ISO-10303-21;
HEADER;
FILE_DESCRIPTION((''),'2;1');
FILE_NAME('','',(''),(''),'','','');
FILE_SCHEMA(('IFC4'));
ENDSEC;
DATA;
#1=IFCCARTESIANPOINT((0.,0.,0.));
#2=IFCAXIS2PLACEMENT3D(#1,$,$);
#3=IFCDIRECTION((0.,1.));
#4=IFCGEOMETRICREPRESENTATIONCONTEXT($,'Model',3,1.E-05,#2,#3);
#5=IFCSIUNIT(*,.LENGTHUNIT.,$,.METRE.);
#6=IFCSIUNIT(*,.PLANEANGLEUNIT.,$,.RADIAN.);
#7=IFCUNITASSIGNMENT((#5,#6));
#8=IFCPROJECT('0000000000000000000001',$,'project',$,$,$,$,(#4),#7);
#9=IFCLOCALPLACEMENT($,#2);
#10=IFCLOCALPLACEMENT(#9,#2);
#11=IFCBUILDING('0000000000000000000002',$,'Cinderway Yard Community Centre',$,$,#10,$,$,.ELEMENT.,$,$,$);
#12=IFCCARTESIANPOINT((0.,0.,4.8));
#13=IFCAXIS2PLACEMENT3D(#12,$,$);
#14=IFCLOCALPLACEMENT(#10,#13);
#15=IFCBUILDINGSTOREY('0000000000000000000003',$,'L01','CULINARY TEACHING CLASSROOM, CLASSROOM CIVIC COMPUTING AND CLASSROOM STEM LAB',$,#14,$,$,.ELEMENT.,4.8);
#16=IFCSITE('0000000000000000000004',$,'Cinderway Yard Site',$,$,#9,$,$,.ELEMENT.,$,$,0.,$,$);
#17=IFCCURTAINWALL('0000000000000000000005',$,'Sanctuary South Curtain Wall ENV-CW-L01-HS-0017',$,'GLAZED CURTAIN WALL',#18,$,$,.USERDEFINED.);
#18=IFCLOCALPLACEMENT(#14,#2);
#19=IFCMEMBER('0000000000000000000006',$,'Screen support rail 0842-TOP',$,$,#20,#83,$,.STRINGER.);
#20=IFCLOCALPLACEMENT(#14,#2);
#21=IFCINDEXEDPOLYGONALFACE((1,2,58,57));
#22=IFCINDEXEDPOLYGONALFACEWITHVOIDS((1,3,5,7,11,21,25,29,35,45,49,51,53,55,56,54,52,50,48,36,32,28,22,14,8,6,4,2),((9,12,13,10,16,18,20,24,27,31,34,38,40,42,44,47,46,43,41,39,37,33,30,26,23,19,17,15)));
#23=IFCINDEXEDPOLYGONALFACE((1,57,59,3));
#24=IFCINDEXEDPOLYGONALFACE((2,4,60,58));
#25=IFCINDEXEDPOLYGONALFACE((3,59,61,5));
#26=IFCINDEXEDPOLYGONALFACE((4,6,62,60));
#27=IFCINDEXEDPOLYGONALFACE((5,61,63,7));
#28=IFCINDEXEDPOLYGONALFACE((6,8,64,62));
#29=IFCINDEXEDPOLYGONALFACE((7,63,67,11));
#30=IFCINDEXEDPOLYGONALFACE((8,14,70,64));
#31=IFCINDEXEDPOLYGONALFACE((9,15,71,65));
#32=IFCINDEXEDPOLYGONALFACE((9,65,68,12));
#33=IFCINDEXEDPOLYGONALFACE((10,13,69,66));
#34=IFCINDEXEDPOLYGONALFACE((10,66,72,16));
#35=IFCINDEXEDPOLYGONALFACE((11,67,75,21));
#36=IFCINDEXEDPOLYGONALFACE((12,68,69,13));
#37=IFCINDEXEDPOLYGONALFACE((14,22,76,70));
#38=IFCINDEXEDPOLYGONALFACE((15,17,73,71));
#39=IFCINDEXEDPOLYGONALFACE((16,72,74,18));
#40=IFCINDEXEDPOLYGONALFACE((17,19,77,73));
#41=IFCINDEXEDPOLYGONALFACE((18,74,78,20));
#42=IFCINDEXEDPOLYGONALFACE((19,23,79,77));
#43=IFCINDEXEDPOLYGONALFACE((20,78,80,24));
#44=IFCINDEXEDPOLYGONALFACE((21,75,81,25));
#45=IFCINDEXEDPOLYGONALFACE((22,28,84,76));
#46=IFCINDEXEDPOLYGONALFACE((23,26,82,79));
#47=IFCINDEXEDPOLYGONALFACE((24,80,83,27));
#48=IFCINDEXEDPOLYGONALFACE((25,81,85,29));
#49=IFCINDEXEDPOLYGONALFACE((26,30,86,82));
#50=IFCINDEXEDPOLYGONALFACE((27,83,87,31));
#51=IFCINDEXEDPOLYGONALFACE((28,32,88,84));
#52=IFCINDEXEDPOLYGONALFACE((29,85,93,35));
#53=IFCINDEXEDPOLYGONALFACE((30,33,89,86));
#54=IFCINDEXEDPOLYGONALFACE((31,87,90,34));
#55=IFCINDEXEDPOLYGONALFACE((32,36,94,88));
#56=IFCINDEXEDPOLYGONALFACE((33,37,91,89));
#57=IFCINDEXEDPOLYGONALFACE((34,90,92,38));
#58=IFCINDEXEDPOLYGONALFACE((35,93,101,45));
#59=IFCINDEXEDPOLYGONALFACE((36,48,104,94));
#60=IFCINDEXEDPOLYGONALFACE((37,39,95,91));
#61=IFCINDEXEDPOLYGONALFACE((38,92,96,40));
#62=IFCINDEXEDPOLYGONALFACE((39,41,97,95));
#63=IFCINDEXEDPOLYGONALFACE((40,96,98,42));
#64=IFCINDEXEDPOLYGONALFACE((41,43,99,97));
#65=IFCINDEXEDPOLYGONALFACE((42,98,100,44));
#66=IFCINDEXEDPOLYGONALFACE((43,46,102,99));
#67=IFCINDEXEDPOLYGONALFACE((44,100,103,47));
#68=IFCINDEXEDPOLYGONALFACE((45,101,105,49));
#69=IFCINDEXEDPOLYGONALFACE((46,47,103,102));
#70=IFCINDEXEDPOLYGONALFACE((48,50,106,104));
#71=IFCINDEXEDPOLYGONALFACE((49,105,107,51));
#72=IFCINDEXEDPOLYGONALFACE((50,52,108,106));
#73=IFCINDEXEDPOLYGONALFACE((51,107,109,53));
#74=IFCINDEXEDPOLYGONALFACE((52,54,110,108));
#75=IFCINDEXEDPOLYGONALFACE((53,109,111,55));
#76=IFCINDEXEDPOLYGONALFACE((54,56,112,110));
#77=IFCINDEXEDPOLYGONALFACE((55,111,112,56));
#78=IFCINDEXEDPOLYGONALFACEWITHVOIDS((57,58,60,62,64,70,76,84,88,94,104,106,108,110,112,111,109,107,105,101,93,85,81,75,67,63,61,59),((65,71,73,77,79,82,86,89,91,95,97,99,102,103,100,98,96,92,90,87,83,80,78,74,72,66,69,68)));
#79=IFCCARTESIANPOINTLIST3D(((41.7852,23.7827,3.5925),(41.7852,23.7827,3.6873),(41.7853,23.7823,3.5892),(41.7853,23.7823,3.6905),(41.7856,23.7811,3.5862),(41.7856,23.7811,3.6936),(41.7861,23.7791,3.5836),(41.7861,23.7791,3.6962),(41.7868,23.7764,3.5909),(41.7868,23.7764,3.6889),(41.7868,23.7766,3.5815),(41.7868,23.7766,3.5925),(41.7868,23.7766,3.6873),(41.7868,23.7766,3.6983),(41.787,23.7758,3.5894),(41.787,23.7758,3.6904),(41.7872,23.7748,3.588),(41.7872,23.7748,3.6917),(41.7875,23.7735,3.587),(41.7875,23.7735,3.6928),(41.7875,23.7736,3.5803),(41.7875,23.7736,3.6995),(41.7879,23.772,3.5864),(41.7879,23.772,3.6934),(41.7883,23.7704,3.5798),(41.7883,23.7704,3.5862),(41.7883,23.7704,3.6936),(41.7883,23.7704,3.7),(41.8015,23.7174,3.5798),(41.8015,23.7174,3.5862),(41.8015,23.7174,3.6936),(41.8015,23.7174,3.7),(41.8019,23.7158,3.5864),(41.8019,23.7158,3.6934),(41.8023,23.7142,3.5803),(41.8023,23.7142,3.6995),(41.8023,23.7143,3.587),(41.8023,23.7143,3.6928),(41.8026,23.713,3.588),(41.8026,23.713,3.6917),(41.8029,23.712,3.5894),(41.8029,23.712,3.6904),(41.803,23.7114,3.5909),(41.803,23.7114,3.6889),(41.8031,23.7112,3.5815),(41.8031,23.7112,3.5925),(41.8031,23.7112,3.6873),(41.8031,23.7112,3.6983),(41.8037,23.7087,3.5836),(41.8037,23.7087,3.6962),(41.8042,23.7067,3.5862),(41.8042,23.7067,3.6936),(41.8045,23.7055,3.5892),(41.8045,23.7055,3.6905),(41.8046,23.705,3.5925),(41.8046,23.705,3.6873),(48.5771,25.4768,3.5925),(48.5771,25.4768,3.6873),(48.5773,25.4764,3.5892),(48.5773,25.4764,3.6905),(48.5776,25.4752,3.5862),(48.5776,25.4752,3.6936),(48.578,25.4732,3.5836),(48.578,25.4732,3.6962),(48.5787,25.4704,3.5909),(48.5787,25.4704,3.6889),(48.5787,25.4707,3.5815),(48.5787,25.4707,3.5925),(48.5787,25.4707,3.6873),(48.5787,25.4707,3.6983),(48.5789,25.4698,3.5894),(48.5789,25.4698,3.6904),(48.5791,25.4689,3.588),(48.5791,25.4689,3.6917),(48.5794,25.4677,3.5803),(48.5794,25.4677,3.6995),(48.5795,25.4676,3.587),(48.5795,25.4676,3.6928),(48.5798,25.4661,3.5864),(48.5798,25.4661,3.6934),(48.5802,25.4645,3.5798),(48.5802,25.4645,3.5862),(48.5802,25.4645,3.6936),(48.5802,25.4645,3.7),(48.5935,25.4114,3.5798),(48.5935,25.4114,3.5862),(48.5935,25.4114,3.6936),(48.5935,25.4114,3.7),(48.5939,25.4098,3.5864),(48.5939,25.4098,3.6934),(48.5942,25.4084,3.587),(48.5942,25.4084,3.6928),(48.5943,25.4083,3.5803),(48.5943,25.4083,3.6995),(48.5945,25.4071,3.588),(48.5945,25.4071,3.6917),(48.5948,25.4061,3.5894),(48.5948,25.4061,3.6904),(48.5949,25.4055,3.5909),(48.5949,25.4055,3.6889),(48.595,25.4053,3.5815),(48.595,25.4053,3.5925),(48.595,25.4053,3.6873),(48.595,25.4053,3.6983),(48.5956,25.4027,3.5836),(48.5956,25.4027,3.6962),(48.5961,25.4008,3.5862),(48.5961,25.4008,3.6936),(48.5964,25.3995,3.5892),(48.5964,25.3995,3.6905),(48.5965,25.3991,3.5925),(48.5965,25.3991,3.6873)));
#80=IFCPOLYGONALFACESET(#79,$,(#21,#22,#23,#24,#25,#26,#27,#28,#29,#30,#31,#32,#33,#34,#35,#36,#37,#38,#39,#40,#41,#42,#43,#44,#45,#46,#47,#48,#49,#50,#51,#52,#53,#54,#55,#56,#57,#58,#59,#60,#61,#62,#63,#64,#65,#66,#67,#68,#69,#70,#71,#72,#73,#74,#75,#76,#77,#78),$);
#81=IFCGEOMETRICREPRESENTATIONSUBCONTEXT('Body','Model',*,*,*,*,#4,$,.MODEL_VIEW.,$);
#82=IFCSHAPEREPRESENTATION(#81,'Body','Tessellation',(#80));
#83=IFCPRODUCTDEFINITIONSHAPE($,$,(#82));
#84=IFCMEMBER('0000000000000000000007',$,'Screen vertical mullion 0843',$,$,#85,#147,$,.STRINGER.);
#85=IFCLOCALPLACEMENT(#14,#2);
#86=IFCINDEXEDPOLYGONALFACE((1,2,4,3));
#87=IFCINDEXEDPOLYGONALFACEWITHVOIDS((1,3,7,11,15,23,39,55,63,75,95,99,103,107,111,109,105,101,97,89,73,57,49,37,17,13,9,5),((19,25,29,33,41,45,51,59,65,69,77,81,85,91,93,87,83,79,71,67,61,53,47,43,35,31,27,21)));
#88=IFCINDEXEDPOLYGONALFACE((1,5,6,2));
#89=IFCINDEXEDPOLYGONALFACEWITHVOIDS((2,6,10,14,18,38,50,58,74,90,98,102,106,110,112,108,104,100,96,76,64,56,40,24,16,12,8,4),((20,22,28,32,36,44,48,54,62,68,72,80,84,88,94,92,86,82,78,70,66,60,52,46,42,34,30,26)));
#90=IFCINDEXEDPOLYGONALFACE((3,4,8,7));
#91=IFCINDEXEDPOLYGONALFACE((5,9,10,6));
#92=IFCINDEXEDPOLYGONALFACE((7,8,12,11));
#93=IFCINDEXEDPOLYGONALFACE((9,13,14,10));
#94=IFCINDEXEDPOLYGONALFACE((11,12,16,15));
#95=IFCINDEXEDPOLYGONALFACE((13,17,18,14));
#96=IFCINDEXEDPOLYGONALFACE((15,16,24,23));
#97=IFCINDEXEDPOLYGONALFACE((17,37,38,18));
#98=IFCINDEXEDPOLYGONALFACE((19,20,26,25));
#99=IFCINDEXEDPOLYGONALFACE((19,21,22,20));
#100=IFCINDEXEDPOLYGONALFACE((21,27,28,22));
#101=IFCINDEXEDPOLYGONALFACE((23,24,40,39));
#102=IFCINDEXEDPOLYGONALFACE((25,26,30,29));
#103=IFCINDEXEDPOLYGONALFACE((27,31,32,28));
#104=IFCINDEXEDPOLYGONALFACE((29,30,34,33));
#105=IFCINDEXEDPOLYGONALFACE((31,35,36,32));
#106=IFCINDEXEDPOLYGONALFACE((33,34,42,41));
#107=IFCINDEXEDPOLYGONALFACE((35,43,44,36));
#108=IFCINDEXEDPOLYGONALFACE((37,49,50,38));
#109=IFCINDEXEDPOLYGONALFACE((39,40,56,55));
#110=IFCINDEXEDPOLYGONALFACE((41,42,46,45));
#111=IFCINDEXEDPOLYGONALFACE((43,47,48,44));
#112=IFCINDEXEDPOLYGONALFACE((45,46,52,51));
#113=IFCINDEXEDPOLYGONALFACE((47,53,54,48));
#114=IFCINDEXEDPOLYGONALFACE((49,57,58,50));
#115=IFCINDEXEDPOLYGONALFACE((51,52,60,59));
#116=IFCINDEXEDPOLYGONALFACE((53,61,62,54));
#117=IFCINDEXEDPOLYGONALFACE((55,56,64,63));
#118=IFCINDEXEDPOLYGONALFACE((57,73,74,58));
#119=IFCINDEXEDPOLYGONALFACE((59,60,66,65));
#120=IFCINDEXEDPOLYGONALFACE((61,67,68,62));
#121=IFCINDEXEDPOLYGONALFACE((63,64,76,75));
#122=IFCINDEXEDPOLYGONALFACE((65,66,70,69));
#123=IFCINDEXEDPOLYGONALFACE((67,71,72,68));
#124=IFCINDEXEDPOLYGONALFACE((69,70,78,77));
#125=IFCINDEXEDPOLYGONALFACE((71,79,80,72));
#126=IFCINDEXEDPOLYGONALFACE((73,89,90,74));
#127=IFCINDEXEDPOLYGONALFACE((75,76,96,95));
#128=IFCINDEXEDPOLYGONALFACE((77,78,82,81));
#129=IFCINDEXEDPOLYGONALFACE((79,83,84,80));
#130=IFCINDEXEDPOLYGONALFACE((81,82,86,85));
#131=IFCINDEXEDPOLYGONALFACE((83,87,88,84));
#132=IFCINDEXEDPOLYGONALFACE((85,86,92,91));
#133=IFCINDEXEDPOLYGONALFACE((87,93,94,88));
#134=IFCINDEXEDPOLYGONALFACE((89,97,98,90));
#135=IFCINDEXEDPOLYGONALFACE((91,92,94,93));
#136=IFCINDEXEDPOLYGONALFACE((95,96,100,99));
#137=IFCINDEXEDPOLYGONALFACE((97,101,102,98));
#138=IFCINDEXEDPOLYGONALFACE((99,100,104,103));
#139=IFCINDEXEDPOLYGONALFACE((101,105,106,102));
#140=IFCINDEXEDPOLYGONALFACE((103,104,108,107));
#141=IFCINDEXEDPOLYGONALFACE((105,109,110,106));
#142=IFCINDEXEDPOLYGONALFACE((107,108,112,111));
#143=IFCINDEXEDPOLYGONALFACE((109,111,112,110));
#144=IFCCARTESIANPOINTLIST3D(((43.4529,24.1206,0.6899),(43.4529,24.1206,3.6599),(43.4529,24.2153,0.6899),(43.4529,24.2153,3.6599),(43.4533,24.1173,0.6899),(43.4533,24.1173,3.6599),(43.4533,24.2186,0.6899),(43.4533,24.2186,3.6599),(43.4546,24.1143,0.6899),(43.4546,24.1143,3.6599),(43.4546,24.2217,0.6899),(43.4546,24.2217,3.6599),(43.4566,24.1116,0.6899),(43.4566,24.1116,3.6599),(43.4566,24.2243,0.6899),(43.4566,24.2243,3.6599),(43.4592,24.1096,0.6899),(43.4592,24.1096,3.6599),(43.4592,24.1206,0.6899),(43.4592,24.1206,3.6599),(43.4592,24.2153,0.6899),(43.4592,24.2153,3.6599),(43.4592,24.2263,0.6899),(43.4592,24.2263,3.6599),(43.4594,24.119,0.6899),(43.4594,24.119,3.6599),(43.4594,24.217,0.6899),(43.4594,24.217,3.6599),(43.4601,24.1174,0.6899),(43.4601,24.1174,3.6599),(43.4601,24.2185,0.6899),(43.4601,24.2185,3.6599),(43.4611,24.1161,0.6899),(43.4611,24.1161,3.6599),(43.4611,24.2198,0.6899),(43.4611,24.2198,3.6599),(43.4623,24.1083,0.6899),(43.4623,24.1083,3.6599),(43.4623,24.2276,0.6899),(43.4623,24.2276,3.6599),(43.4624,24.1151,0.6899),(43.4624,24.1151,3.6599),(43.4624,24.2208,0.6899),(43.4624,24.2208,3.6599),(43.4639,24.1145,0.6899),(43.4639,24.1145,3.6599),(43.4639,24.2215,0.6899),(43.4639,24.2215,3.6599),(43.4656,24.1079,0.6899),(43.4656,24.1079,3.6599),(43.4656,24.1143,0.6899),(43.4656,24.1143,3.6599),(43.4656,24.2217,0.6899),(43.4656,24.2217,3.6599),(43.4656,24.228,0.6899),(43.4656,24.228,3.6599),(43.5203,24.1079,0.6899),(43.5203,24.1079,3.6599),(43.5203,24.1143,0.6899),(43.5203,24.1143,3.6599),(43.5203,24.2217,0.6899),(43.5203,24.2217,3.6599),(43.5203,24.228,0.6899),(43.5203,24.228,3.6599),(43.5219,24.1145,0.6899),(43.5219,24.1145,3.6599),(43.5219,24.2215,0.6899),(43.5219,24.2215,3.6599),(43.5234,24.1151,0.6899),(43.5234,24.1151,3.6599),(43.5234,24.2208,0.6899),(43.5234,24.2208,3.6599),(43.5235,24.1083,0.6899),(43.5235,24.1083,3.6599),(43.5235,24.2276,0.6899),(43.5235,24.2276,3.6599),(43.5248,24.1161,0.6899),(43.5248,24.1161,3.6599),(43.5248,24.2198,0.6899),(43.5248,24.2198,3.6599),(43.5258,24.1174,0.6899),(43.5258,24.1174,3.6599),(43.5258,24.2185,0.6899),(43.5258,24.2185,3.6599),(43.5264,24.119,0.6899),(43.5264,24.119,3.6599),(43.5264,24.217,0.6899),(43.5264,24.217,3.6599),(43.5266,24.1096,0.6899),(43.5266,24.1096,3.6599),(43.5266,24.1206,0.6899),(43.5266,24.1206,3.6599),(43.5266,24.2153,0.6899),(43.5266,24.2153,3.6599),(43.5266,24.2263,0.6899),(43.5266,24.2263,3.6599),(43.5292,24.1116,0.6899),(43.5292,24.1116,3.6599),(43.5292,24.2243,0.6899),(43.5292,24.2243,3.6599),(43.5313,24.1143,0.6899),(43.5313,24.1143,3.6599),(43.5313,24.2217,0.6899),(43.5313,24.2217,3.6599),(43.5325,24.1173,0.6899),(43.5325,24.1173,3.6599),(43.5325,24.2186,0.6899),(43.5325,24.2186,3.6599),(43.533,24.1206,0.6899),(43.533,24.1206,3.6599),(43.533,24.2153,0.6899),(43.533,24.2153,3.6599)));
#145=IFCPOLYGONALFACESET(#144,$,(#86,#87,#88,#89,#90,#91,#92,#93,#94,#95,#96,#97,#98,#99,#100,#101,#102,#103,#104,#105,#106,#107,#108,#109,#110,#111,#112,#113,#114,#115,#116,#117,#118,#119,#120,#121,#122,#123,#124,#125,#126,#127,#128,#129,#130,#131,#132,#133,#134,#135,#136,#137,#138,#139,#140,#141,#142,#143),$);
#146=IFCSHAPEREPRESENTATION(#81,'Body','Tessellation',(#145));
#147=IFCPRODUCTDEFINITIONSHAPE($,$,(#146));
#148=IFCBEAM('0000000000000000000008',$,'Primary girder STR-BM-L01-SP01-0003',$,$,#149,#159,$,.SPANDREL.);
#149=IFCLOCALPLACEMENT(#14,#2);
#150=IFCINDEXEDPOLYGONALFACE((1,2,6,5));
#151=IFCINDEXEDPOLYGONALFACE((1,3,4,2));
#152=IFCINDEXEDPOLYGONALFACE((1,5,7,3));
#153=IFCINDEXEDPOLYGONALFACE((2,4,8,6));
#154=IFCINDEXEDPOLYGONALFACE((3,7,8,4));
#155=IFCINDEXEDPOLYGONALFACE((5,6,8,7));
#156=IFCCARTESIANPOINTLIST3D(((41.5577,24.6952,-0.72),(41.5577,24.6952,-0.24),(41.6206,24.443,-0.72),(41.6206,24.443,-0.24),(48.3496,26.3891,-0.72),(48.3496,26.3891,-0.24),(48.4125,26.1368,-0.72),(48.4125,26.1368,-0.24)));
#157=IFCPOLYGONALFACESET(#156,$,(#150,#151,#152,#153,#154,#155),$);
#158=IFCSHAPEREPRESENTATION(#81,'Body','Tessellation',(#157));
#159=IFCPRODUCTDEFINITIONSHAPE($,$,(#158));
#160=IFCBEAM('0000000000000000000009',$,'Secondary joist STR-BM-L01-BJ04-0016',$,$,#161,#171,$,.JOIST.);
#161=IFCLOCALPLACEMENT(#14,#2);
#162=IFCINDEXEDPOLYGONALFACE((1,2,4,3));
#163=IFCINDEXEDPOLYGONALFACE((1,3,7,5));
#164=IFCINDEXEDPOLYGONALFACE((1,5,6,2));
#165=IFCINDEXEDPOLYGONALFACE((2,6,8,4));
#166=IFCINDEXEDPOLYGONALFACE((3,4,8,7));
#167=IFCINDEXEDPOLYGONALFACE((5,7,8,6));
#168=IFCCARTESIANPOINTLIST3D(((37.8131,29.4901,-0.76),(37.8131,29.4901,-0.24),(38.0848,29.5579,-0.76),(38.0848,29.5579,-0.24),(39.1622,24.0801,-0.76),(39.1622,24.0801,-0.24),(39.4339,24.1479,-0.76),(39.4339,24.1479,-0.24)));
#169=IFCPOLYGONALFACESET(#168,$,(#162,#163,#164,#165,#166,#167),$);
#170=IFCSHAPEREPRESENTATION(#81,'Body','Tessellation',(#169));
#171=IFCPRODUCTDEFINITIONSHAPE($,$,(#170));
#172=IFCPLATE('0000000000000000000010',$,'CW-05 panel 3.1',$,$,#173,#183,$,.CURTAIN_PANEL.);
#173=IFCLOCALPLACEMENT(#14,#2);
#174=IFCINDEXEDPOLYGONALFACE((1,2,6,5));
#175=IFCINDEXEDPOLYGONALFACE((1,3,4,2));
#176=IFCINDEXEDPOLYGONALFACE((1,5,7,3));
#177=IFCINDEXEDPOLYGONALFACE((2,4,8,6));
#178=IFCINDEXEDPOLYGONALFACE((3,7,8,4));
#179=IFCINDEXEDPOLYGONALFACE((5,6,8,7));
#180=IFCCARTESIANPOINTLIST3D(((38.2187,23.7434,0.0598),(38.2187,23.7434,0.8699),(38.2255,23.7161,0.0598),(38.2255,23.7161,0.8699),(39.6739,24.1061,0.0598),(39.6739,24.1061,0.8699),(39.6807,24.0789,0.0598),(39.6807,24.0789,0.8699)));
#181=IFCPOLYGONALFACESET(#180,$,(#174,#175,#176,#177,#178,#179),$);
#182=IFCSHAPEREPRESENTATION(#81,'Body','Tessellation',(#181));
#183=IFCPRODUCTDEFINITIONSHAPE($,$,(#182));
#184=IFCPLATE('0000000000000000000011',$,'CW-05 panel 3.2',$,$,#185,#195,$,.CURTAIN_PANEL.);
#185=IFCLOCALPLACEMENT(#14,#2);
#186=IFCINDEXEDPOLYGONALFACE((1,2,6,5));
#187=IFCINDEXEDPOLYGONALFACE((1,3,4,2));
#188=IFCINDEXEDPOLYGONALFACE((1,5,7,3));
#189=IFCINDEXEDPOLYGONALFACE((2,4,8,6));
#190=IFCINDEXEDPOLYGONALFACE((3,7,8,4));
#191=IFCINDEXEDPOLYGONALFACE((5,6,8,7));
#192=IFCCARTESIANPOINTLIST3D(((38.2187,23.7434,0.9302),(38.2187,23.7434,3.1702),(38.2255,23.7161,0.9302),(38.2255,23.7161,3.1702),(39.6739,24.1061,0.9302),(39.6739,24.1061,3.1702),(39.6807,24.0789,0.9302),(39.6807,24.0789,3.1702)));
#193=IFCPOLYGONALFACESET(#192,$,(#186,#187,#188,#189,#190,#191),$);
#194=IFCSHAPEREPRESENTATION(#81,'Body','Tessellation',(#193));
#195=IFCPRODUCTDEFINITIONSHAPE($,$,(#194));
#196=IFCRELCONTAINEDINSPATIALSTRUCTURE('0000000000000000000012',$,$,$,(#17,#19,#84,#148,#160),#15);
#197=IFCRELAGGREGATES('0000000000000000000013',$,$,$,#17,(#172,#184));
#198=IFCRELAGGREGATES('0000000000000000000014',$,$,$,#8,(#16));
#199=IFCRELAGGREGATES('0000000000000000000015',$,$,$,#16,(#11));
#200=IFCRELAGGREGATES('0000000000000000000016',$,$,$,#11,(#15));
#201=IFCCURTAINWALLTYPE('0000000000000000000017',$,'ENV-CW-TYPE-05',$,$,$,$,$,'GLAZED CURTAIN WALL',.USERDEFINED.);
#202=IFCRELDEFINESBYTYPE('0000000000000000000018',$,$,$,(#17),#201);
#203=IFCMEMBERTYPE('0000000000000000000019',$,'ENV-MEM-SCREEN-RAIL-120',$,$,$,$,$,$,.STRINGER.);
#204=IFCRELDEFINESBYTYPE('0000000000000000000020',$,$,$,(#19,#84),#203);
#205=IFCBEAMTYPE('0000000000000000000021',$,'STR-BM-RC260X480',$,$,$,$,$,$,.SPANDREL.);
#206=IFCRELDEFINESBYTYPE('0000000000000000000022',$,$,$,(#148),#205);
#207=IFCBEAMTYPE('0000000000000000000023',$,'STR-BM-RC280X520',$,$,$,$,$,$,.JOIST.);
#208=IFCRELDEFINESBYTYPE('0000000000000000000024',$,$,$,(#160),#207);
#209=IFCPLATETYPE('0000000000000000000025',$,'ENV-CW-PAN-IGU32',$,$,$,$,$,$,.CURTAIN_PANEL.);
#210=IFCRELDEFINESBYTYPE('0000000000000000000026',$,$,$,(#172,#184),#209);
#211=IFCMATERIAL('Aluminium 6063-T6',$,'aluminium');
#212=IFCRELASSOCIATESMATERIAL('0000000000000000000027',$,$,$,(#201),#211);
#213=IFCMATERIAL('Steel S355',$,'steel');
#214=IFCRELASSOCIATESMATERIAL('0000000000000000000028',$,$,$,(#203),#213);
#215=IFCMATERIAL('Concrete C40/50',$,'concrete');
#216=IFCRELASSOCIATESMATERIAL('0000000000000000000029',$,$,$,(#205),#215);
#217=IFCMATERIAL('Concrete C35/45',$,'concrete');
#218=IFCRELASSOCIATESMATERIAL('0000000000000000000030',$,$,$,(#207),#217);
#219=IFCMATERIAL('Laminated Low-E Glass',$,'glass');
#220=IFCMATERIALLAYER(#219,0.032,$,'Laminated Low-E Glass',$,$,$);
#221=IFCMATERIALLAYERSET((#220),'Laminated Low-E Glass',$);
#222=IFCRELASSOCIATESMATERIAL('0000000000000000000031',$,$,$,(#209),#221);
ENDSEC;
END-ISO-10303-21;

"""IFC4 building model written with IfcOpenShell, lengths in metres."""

from ifc_helpers import new_model, si_unit, direction, frame, origin, origin_2d, place, context, subcontext, project, spatial, rectangle, hollow_rectangle, extrude, material, layer, layer_set, material_profile, profile_set, type_object, element, aggregate, save


model = new_model("IFC4")

# Units and contexts
model_context = context("Model", 3, precision=1e-05, world=origin(), true_north=direction((0.0, 1.0)))
body_context = subcontext(model_context, "Body", "Model", "MODEL_VIEW")
ifc_project = project(units=[si_unit("LENGTHUNIT", "METRE"), si_unit("PLANEANGLEUNIT", "RADIAN")], contexts=[model_context])

# Site, building, storey
site_placement = place(None, origin())
site = spatial("IfcSite", under=ifc_project, at=site_placement, Name="Cinderway Yard Site", CompositionType="ELEMENT", RefElevation=0.0)
building_placement = place(site_placement, origin())
building = spatial("IfcBuilding", under=site, at=building_placement, Name="Cinderway Yard Community Centre", CompositionType="ELEMENT")
storey_placement = place(building_placement, frame((0.0, 0.0, 4.8)))
storey = spatial("IfcBuildingStorey", under=building, at=storey_placement, Name="L01", Description="CULINARY TEACHING CLASSROOM, CLASSROOM CIVIC COMPUTING AND CLASSROOM STEM LAB", CompositionType="ELEMENT", Elevation=4.8)

# Shared definitions
ifc_material_1 = material(Name="Concrete C40/50", Category="concrete")

# Curtain wall
ifc_material_2 = material(Name="Aluminium 6063-T6", Category="aluminium")
curtain_wall_type = type_object("IfcCurtainWallType", Name="ENV-CW-TYPE-05", ElementType="GLAZED CURTAIN WALL", PredefinedType="USERDEFINED", material=ifc_material_2)
curtain_wall_placement = place(storey_placement, origin())
curtain_wall = element("IfcCurtainWall", 1, at=curtain_wall_placement, inside=storey, type_object=curtain_wall_type, Name="Sanctuary South Curtain Wall ENV-CW-L01-HS-0017", ObjectType="GLAZED CURTAIN WALL", PredefinedType="USERDEFINED")

# Members
ifc_material_3 = material(Name="Steel S355", Category="steel")
ifc_material_profile_1 = material_profile(ifc_material_3, hollow_rectangle(XDim=0.0801, YDim=0.1201, WallThickness=0.0063, InnerFilletRadius=0.0063, OuterFilletRadius=0.0127, at=origin_2d()), Name="Steel S355")
ifc_profile_set_1 = profile_set([ifc_material_profile_1], Name="Steel S355")
member_type_1 = type_object("IfcMemberType", Name="ENV-MEM-SCREEN-RAIL-120", PredefinedType="STRINGER", material=ifc_profile_set_1)
for number, where, z_axis, x_axis, name in (
    (2, (41.7949, 23.7439, 3.6399), (0.970274, 0.24201, 0.0), (-0.24201, 0.970274, 0.0), "Screen support rail 0842-TOP"),
):
    element("IfcMember", number, at=place(storey_placement, frame(where, z_axis=z_axis, x_axis=x_axis)), inside=storey, type_object=member_type_1, Name=name, PredefinedType="STRINGER", context=body_context, shape_type="SweptSolid", body=[
        extrude(hollow_rectangle(XDim=0.0801, YDim=0.1201, WallThickness=0.0063, InnerFilletRadius=0.0063, OuterFilletRadius=0.0127, at=origin_2d()), origin(), (0.0, 0.0, 1.0), 7.0),
    ])
member_1_placement = place(storey_placement, frame((43.4929, 24.168, 0.6899), z_axis=(0.0, 0.0, 1.0), x_axis=(1.0, 0.0, 0.0)))
element("IfcMember", 3, at=member_1_placement, inside=storey, type_object=member_type_1, Name="Screen vertical mullion 0843", PredefinedType="STRINGER", context=body_context, shape_type="SweptSolid", body=[
    extrude(hollow_rectangle(XDim=0.0801, YDim=0.1201, WallThickness=0.0063, InnerFilletRadius=0.0063, OuterFilletRadius=0.0127, at=origin_2d()), origin(), (0.0, 0.0, 1.0), 2.97),
])

# Beams
ifc_material_profile_2 = material_profile(ifc_material_1, rectangle(XDim=0.26, YDim=0.48, at=origin_2d()), Name="Concrete C40/50")
ifc_profile_set_2 = profile_set([ifc_material_profile_2], Name="Concrete C40/50")
beam_type_1 = type_object("IfcBeamType", Name="STR-BM-RC260X480", PredefinedType="SPANDREL", material=ifc_profile_set_2)
beam_1_placement = place(storey_placement, frame((41.5891, 24.5691, -0.48), z_axis=(0.970282, 0.241978, 0.0), x_axis=(-0.241978, 0.970282, 0.0)))
element("IfcBeam", 4, at=beam_1_placement, inside=storey, type_object=beam_type_1, Name="Primary girder STR-BM-L01-SP01-0003", PredefinedType="SPANDREL", context=body_context, shape_type="SweptSolid", body=[
    extrude(rectangle(XDim=0.26, YDim=0.48, at=origin_2d()), origin(), (0.0, 0.0, 1.0), 7.0),
])
ifc_material_4 = material(Name="Concrete C35/45", Category="concrete")
ifc_material_profile_3 = material_profile(ifc_material_4, rectangle(XDim=0.28, YDim=0.52, at=origin_2d()), Name="Concrete C35/45")
ifc_profile_set_3 = profile_set([ifc_material_profile_3], Name="Concrete C35/45")
beam_type_2 = type_object("IfcBeamType", Name="STR-BM-RC280X520", PredefinedType="JOIST", material=ifc_profile_set_3)
beam_2_placement = place(storey_placement, frame((39.2981, 24.114, -0.5), z_axis=(-0.241969, 0.970284, 0.0), x_axis=(-0.970284, -0.241969, 0.0)))
element("IfcBeam", 5, at=beam_2_placement, inside=storey, type_object=beam_type_2, Name="Secondary joist STR-BM-L01-BJ04-0016", PredefinedType="JOIST", context=body_context, shape_type="SweptSolid", body=[
    extrude(rectangle(XDim=0.28, YDim=0.52, at=origin_2d()), origin(), (0.0, 0.0, 1.0), 5.5757),
])

# Plates
ifc_material_5 = material(Name="Laminated Low-E Glass", Category="glass")
ifc_layer_1 = layer(ifc_material_5, 0.032, Name="Laminated Low-E Glass")
ifc_layer_set_1 = layer_set([ifc_layer_1], Name="Laminated Low-E Glass")
plate_type = type_object("IfcPlateType", Name="ENV-CW-PAN-IGU32", PredefinedType="CURTAIN_PANEL", material=ifc_layer_set_1)
plate_1_placement = place(storey_placement, frame((38.9497, 23.9111, 0.0598), z_axis=(0.0, 0.0, 1.0), x_axis=(0.970312, 0.241857, 0.0)))
plate_1 = element("IfcPlate", 6, at=plate_1_placement, type_object=plate_type, Name="CW-05 panel 3.1", PredefinedType="CURTAIN_PANEL", context=body_context, shape_type="SweptSolid", body=[
    extrude(rectangle(XDim=1.4998, YDim=0.0281, at=origin_2d()), origin(), (0.0, 0.0, 1.0), 0.8101),
])
plate_2_placement = place(storey_placement, frame((38.9497, 23.9111, 0.9302), z_axis=(0.0, 0.0, 1.0), x_axis=(0.970312, 0.241857, 0.0)))
plate_2 = element("IfcPlate", 7, at=plate_2_placement, type_object=plate_type, Name="CW-05 panel 3.2", PredefinedType="CURTAIN_PANEL", context=body_context, shape_type="SweptSolid", body=[
    extrude(rectangle(XDim=1.4998, YDim=0.0281, at=origin_2d()), origin(), (0.0, 0.0, 1.0), 2.24),
])
aggregate(curtain_wall, [plate_1, plate_2])

save(model, "model.ifc")
